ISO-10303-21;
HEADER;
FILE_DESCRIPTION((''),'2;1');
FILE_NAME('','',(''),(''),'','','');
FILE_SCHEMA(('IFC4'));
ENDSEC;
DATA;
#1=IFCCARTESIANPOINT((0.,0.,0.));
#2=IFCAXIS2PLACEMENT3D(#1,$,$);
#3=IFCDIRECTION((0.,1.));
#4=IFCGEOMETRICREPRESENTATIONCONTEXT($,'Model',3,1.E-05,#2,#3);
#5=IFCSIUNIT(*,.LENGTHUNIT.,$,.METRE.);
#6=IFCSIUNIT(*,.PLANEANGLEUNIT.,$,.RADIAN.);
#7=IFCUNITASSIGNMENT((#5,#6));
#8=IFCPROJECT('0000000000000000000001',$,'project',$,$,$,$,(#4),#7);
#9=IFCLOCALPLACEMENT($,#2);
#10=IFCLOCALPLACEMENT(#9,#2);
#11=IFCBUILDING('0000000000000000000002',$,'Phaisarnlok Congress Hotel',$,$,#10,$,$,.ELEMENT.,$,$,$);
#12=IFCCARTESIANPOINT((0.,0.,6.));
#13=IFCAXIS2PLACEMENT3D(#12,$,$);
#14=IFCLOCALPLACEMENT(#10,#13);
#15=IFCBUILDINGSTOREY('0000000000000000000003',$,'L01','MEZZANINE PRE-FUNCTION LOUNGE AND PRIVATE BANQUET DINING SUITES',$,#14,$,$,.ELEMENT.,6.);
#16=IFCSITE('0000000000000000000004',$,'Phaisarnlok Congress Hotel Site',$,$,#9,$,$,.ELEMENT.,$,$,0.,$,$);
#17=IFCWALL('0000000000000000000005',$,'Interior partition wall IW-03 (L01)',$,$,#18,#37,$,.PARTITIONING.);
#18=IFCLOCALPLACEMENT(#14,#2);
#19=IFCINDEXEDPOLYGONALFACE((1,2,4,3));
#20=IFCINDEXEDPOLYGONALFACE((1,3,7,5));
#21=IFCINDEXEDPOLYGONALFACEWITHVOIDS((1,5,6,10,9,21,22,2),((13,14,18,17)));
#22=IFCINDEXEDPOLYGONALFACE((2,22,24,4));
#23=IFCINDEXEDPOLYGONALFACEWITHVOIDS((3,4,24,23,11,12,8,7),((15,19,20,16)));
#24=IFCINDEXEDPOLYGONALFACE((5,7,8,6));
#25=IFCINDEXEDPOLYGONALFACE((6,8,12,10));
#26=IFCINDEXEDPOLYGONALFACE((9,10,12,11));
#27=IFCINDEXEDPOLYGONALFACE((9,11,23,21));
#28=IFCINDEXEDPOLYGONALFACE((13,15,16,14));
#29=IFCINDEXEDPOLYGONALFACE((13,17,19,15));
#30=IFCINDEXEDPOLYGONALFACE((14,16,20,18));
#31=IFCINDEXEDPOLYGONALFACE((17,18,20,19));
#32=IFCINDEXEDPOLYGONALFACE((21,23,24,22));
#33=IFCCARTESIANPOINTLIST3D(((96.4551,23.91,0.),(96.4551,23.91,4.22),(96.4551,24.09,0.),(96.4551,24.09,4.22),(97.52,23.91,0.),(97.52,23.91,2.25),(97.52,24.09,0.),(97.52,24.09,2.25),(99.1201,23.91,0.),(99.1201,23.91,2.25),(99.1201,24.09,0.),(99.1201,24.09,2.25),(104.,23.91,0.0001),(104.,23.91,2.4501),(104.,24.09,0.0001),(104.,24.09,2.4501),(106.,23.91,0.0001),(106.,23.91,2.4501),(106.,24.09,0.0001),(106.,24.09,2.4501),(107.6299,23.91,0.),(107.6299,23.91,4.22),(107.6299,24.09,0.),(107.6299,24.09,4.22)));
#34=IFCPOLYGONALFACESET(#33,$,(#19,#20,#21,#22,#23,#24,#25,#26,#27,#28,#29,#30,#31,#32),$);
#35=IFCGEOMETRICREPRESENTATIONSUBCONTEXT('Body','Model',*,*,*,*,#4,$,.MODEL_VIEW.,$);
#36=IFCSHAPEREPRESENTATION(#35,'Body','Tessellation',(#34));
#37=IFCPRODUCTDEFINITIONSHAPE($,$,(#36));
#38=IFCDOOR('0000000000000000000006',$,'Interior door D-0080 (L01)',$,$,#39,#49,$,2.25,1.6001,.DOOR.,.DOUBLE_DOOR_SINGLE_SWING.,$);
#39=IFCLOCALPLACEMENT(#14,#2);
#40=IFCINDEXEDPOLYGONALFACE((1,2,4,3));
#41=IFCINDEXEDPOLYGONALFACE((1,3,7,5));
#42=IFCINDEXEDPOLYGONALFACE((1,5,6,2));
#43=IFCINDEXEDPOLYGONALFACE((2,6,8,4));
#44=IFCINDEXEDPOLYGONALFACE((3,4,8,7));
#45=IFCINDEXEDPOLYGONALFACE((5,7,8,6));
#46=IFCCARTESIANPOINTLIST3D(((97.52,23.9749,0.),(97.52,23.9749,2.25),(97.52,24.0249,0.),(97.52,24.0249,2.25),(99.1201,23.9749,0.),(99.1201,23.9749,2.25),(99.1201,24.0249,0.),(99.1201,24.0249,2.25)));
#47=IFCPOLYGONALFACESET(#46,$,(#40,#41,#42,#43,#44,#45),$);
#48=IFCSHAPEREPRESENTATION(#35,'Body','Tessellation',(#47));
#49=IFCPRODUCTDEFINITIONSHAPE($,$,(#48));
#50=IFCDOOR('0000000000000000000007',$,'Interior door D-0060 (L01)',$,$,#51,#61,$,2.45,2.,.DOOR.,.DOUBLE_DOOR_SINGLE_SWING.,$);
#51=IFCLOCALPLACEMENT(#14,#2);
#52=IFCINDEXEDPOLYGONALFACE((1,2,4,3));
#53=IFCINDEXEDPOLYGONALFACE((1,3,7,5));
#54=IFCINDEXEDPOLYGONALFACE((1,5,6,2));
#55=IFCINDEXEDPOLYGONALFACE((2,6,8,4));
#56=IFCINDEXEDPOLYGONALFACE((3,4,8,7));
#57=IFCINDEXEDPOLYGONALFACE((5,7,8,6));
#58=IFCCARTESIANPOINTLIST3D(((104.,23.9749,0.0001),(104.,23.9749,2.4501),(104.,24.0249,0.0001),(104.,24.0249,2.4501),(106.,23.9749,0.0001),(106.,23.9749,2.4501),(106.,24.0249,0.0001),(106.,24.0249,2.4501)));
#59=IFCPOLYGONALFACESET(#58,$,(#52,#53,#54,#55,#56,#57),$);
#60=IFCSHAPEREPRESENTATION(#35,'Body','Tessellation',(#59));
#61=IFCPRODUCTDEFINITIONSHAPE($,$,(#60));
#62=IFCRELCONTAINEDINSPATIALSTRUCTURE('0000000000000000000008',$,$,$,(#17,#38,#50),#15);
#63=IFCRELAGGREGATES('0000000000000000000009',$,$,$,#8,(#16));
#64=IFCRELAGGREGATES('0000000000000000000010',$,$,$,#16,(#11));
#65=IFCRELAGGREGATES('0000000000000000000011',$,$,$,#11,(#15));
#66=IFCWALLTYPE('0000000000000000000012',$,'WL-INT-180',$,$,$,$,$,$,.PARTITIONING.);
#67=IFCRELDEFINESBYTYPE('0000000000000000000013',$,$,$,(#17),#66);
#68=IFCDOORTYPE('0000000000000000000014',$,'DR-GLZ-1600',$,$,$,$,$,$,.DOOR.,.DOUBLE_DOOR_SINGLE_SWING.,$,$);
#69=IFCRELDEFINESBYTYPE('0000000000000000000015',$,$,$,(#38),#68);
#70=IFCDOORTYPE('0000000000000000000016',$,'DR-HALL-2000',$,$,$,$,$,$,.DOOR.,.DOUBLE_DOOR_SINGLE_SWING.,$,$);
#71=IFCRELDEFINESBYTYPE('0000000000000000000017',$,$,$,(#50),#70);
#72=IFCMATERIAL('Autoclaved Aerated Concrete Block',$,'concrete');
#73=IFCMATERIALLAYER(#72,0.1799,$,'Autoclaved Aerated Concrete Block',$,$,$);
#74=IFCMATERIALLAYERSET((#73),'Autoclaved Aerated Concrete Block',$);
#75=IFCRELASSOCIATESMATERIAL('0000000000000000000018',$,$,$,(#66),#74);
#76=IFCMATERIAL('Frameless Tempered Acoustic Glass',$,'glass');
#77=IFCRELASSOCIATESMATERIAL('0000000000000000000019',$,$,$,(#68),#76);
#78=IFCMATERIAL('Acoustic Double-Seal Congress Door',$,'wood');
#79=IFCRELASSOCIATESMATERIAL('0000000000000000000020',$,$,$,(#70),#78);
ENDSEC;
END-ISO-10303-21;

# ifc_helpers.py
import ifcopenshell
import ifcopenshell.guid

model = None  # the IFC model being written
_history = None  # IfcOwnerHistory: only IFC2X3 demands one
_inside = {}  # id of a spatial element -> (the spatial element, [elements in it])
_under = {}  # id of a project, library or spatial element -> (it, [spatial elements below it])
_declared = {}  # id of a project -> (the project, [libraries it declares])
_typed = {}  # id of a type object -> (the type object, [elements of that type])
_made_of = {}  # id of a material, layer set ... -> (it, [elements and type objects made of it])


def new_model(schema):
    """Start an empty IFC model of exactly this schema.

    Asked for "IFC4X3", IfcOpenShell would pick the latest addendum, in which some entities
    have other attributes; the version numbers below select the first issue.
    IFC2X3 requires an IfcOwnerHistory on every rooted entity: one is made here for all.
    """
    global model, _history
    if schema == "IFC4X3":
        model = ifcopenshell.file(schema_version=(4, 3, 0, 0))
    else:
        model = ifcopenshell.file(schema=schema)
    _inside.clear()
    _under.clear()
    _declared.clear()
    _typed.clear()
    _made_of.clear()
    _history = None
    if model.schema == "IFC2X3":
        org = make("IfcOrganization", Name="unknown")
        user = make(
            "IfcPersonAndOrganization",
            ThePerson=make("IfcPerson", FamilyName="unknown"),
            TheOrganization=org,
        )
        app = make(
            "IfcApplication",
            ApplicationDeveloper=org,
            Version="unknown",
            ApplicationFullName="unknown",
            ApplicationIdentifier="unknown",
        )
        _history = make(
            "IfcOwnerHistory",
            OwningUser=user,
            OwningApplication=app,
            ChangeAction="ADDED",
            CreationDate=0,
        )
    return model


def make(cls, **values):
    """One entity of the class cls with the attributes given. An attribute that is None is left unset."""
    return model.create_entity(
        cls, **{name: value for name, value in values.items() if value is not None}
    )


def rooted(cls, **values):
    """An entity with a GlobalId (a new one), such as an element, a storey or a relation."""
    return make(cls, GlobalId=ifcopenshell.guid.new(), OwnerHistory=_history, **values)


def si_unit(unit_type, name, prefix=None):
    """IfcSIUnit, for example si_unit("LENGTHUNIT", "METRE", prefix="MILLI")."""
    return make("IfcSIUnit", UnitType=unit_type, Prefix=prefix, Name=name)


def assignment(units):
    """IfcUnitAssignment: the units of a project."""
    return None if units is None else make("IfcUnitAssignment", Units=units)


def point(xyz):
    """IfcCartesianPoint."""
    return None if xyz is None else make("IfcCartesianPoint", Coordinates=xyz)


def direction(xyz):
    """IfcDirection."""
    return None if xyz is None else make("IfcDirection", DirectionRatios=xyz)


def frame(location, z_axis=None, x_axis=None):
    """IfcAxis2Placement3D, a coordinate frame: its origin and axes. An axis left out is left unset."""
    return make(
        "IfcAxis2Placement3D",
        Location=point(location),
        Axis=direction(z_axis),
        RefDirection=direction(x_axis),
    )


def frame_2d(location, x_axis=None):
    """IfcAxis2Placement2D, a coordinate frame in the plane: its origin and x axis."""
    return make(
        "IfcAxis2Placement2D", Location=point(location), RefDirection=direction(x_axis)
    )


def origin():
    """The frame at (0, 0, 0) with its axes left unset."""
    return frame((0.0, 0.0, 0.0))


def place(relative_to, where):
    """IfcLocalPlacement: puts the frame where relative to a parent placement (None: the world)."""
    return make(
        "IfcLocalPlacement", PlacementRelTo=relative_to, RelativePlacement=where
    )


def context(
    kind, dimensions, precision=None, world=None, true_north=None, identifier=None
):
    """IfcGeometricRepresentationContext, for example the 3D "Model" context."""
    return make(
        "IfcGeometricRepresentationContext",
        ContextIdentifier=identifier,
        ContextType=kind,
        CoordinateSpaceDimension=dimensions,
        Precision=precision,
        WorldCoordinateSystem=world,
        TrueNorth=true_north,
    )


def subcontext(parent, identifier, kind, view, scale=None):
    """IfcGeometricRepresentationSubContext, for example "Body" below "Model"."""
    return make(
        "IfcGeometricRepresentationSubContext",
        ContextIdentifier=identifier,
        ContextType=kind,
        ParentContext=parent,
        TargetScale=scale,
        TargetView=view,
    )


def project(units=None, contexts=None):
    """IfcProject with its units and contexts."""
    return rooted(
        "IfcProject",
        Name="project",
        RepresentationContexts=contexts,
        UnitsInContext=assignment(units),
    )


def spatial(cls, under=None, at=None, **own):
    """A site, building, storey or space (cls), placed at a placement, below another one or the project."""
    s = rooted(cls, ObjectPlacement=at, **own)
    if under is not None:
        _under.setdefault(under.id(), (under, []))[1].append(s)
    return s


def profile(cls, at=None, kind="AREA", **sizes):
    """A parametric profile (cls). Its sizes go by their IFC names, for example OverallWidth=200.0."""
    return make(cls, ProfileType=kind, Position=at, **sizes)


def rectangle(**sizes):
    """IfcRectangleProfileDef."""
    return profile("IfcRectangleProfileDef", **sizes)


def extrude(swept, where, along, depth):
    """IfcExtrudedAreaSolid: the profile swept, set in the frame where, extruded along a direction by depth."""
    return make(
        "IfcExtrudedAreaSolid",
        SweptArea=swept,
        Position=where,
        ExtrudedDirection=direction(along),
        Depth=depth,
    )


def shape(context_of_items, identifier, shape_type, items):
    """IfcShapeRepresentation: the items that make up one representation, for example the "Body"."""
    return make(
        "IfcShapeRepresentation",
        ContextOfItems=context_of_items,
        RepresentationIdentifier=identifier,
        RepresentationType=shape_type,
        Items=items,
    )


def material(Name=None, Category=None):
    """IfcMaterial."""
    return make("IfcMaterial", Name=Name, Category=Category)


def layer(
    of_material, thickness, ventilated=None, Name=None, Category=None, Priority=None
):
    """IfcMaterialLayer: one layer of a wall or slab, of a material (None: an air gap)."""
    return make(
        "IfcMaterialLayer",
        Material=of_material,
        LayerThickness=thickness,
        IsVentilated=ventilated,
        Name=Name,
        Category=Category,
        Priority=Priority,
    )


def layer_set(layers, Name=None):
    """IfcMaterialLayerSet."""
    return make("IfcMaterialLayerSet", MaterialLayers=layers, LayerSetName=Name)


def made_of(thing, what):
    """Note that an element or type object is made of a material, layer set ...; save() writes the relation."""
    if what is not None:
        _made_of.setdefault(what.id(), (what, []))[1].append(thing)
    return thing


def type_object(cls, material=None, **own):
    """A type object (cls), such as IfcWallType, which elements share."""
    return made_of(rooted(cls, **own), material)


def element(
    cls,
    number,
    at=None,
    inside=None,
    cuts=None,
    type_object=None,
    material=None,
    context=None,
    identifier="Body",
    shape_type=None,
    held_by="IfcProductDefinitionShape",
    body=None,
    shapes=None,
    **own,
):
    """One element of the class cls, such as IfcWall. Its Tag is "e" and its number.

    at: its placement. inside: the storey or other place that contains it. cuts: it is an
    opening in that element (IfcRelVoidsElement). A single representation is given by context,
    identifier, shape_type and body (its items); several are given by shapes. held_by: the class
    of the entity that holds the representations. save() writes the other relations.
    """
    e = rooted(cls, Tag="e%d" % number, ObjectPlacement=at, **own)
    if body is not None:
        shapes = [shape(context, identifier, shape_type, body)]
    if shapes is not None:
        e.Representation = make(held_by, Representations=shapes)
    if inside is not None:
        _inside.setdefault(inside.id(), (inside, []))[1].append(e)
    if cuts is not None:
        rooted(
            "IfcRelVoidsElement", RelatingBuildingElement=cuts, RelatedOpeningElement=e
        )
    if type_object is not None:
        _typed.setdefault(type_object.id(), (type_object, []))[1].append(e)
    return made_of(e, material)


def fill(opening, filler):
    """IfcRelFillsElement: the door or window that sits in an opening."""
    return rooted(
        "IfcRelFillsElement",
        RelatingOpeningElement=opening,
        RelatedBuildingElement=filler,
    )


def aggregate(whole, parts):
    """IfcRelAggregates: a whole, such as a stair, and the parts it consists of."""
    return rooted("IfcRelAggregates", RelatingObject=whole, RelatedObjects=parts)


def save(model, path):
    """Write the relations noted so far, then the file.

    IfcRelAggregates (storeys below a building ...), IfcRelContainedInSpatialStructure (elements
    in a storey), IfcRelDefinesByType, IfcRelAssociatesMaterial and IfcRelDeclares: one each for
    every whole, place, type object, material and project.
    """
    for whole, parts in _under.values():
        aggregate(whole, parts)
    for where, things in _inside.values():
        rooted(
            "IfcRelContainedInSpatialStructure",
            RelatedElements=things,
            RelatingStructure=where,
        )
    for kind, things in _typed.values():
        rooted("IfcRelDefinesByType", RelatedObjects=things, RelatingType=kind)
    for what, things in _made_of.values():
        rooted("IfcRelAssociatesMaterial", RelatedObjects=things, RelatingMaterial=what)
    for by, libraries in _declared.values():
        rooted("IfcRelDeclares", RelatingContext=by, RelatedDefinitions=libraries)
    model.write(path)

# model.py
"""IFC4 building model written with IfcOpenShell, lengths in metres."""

from ifc_helpers import new_model, si_unit, direction, frame, frame_2d, origin, place, context, subcontext, project, spatial, rectangle, extrude, material, layer, layer_set, type_object, element, fill, save


model = new_model("IFC4")

# Units and contexts
model_context = context("Model", 3, precision=1e-05, world=origin(), true_north=direction((0.0, 1.0)))
body_context = subcontext(model_context, "Body", "Model", "MODEL_VIEW")
ifc_project = project(units=[si_unit("LENGTHUNIT", "METRE"), si_unit("PLANEANGLEUNIT", "RADIAN")], contexts=[model_context])

# Site, building, storey
site_placement = place(None, origin())
site = spatial("IfcSite", under=ifc_project, at=site_placement, Name="Phaisarnlok Congress Hotel Site", CompositionType="ELEMENT", RefElevation=0.0)
building_placement = place(site_placement, origin())
building = spatial("IfcBuilding", under=site, at=building_placement, Name="Phaisarnlok Congress Hotel", CompositionType="ELEMENT")
storey_placement = place(building_placement, frame((0.0, 0.0, 6.0)))
storey = spatial("IfcBuildingStorey", under=building, at=storey_placement, Name="L01", Description="MEZZANINE PRE-FUNCTION LOUNGE AND PRIVATE BANQUET DINING SUITES", CompositionType="ELEMENT", Elevation=6.0)

# Wall, openings, doors
ifc_material_1 = material(Name="Autoclaved Aerated Concrete Block", Category="concrete")
ifc_layer_1 = layer(ifc_material_1, 0.1799, Name="Autoclaved Aerated Concrete Block")
ifc_layer_set_1 = layer_set([ifc_layer_1], Name="Autoclaved Aerated Concrete Block")
wall_type = type_object("IfcWallType", Name="WL-INT-180", PredefinedType="PARTITIONING", material=ifc_layer_set_1)
wall_placement = place(storey_placement, frame((96.4551, 24.0, 0.0), z_axis=(0.0, 0.0, 1.0), x_axis=(1.0, 0.0, 0.0)))
wall = element("IfcWall", 1, at=wall_placement, inside=storey, type_object=wall_type, Name="Interior partition wall IW-03 (L01)", PredefinedType="PARTITIONING", context=body_context, shape_type="SweptSolid", body=[
    extrude(rectangle(XDim=11.1748, YDim=0.1799, at=frame_2d((5.5874, 0.0))), origin(), (0.0, 0.0, 1.0), 4.22),
])
opening_1_placement = place(wall_placement, frame((7.5449, 0.0, 0.0)))
opening_1 = element("IfcOpeningElement", 2, at=opening_1_placement, cuts=wall, PredefinedType="OPENING", context=body_context, shape_type="SweptSolid", body=[
    extrude(rectangle(XDim=2.0, YDim=2.45, at=frame_2d((1.0, 1.2251))), frame((0.0, 0.1001, 0.0), z_axis=(0.0, -1.0, 0.0), x_axis=(1.0, 0.0, 0.0)), (0.0, 0.0, 1.0), 0.2),
])
opening_2_placement = place(wall_placement, frame((1.0649, 0.0, 0.0)))
opening_2 = element("IfcOpeningElement", 3, at=opening_2_placement, cuts=wall, PredefinedType="OPENING", context=body_context, shape_type="SweptSolid", body=[
    extrude(rectangle(XDim=1.6001, YDim=2.25, at=frame_2d((0.8, 1.125))), frame((0.0, 0.1001, 0.0), z_axis=(0.0, -1.0, 0.0), x_axis=(1.0, 0.0, 0.0)), (0.0, 0.0, 1.0), 0.2),
])
ifc_material_2 = material(Name="Frameless Tempered Acoustic Glass", Category="glass")
door_type_1 = type_object("IfcDoorType", Name="DR-GLZ-1600", OperationType="DOUBLE_DOOR_SINGLE_SWING", PredefinedType="DOOR", material=ifc_material_2)
door_1_placement = place(opening_2_placement, origin())
door_1 = element("IfcDoor", 4, at=door_1_placement, inside=storey, type_object=door_type_1, Name="Interior door D-0080 (L01)", OperationType="DOUBLE_DOOR_SINGLE_SWING", OverallHeight=2.25, OverallWidth=1.6001, PredefinedType="DOOR", context=body_context, shape_type="SweptSolid", body=[
    extrude(rectangle(XDim=1.6001, YDim=2.25, at=frame_2d((0.8, 1.125))), frame((0.0, 0.0249, 0.0), z_axis=(0.0, -1.0, 0.0), x_axis=(1.0, 0.0, 0.0)), (0.0, 0.0, 1.0), 0.05),
])
fill(opening_2, door_1)
ifc_material_3 = material(Name="Acoustic Double-Seal Congress Door", Category="wood")
door_type_2 = type_object("IfcDoorType", Name="DR-HALL-2000", OperationType="DOUBLE_DOOR_SINGLE_SWING", PredefinedType="DOOR", material=ifc_material_3)
door_2_placement = place(opening_1_placement, origin())
door_2 = element("IfcDoor", 5, at=door_2_placement, inside=storey, type_object=door_type_2, Name="Interior door D-0060 (L01)", OperationType="DOUBLE_DOOR_SINGLE_SWING", OverallHeight=2.45, OverallWidth=2.0, PredefinedType="DOOR", context=body_context, shape_type="SweptSolid", body=[
    extrude(rectangle(XDim=2.0, YDim=2.45, at=frame_2d((1.0, 1.2251))), frame((0.0, 0.0249, 0.0), z_axis=(0.0, -1.0, 0.0), x_axis=(1.0, 0.0, 0.0)), (0.0, 0.0, 1.0), 0.05),
])
fill(opening_1, door_2)

save(model, "model.ifc")
